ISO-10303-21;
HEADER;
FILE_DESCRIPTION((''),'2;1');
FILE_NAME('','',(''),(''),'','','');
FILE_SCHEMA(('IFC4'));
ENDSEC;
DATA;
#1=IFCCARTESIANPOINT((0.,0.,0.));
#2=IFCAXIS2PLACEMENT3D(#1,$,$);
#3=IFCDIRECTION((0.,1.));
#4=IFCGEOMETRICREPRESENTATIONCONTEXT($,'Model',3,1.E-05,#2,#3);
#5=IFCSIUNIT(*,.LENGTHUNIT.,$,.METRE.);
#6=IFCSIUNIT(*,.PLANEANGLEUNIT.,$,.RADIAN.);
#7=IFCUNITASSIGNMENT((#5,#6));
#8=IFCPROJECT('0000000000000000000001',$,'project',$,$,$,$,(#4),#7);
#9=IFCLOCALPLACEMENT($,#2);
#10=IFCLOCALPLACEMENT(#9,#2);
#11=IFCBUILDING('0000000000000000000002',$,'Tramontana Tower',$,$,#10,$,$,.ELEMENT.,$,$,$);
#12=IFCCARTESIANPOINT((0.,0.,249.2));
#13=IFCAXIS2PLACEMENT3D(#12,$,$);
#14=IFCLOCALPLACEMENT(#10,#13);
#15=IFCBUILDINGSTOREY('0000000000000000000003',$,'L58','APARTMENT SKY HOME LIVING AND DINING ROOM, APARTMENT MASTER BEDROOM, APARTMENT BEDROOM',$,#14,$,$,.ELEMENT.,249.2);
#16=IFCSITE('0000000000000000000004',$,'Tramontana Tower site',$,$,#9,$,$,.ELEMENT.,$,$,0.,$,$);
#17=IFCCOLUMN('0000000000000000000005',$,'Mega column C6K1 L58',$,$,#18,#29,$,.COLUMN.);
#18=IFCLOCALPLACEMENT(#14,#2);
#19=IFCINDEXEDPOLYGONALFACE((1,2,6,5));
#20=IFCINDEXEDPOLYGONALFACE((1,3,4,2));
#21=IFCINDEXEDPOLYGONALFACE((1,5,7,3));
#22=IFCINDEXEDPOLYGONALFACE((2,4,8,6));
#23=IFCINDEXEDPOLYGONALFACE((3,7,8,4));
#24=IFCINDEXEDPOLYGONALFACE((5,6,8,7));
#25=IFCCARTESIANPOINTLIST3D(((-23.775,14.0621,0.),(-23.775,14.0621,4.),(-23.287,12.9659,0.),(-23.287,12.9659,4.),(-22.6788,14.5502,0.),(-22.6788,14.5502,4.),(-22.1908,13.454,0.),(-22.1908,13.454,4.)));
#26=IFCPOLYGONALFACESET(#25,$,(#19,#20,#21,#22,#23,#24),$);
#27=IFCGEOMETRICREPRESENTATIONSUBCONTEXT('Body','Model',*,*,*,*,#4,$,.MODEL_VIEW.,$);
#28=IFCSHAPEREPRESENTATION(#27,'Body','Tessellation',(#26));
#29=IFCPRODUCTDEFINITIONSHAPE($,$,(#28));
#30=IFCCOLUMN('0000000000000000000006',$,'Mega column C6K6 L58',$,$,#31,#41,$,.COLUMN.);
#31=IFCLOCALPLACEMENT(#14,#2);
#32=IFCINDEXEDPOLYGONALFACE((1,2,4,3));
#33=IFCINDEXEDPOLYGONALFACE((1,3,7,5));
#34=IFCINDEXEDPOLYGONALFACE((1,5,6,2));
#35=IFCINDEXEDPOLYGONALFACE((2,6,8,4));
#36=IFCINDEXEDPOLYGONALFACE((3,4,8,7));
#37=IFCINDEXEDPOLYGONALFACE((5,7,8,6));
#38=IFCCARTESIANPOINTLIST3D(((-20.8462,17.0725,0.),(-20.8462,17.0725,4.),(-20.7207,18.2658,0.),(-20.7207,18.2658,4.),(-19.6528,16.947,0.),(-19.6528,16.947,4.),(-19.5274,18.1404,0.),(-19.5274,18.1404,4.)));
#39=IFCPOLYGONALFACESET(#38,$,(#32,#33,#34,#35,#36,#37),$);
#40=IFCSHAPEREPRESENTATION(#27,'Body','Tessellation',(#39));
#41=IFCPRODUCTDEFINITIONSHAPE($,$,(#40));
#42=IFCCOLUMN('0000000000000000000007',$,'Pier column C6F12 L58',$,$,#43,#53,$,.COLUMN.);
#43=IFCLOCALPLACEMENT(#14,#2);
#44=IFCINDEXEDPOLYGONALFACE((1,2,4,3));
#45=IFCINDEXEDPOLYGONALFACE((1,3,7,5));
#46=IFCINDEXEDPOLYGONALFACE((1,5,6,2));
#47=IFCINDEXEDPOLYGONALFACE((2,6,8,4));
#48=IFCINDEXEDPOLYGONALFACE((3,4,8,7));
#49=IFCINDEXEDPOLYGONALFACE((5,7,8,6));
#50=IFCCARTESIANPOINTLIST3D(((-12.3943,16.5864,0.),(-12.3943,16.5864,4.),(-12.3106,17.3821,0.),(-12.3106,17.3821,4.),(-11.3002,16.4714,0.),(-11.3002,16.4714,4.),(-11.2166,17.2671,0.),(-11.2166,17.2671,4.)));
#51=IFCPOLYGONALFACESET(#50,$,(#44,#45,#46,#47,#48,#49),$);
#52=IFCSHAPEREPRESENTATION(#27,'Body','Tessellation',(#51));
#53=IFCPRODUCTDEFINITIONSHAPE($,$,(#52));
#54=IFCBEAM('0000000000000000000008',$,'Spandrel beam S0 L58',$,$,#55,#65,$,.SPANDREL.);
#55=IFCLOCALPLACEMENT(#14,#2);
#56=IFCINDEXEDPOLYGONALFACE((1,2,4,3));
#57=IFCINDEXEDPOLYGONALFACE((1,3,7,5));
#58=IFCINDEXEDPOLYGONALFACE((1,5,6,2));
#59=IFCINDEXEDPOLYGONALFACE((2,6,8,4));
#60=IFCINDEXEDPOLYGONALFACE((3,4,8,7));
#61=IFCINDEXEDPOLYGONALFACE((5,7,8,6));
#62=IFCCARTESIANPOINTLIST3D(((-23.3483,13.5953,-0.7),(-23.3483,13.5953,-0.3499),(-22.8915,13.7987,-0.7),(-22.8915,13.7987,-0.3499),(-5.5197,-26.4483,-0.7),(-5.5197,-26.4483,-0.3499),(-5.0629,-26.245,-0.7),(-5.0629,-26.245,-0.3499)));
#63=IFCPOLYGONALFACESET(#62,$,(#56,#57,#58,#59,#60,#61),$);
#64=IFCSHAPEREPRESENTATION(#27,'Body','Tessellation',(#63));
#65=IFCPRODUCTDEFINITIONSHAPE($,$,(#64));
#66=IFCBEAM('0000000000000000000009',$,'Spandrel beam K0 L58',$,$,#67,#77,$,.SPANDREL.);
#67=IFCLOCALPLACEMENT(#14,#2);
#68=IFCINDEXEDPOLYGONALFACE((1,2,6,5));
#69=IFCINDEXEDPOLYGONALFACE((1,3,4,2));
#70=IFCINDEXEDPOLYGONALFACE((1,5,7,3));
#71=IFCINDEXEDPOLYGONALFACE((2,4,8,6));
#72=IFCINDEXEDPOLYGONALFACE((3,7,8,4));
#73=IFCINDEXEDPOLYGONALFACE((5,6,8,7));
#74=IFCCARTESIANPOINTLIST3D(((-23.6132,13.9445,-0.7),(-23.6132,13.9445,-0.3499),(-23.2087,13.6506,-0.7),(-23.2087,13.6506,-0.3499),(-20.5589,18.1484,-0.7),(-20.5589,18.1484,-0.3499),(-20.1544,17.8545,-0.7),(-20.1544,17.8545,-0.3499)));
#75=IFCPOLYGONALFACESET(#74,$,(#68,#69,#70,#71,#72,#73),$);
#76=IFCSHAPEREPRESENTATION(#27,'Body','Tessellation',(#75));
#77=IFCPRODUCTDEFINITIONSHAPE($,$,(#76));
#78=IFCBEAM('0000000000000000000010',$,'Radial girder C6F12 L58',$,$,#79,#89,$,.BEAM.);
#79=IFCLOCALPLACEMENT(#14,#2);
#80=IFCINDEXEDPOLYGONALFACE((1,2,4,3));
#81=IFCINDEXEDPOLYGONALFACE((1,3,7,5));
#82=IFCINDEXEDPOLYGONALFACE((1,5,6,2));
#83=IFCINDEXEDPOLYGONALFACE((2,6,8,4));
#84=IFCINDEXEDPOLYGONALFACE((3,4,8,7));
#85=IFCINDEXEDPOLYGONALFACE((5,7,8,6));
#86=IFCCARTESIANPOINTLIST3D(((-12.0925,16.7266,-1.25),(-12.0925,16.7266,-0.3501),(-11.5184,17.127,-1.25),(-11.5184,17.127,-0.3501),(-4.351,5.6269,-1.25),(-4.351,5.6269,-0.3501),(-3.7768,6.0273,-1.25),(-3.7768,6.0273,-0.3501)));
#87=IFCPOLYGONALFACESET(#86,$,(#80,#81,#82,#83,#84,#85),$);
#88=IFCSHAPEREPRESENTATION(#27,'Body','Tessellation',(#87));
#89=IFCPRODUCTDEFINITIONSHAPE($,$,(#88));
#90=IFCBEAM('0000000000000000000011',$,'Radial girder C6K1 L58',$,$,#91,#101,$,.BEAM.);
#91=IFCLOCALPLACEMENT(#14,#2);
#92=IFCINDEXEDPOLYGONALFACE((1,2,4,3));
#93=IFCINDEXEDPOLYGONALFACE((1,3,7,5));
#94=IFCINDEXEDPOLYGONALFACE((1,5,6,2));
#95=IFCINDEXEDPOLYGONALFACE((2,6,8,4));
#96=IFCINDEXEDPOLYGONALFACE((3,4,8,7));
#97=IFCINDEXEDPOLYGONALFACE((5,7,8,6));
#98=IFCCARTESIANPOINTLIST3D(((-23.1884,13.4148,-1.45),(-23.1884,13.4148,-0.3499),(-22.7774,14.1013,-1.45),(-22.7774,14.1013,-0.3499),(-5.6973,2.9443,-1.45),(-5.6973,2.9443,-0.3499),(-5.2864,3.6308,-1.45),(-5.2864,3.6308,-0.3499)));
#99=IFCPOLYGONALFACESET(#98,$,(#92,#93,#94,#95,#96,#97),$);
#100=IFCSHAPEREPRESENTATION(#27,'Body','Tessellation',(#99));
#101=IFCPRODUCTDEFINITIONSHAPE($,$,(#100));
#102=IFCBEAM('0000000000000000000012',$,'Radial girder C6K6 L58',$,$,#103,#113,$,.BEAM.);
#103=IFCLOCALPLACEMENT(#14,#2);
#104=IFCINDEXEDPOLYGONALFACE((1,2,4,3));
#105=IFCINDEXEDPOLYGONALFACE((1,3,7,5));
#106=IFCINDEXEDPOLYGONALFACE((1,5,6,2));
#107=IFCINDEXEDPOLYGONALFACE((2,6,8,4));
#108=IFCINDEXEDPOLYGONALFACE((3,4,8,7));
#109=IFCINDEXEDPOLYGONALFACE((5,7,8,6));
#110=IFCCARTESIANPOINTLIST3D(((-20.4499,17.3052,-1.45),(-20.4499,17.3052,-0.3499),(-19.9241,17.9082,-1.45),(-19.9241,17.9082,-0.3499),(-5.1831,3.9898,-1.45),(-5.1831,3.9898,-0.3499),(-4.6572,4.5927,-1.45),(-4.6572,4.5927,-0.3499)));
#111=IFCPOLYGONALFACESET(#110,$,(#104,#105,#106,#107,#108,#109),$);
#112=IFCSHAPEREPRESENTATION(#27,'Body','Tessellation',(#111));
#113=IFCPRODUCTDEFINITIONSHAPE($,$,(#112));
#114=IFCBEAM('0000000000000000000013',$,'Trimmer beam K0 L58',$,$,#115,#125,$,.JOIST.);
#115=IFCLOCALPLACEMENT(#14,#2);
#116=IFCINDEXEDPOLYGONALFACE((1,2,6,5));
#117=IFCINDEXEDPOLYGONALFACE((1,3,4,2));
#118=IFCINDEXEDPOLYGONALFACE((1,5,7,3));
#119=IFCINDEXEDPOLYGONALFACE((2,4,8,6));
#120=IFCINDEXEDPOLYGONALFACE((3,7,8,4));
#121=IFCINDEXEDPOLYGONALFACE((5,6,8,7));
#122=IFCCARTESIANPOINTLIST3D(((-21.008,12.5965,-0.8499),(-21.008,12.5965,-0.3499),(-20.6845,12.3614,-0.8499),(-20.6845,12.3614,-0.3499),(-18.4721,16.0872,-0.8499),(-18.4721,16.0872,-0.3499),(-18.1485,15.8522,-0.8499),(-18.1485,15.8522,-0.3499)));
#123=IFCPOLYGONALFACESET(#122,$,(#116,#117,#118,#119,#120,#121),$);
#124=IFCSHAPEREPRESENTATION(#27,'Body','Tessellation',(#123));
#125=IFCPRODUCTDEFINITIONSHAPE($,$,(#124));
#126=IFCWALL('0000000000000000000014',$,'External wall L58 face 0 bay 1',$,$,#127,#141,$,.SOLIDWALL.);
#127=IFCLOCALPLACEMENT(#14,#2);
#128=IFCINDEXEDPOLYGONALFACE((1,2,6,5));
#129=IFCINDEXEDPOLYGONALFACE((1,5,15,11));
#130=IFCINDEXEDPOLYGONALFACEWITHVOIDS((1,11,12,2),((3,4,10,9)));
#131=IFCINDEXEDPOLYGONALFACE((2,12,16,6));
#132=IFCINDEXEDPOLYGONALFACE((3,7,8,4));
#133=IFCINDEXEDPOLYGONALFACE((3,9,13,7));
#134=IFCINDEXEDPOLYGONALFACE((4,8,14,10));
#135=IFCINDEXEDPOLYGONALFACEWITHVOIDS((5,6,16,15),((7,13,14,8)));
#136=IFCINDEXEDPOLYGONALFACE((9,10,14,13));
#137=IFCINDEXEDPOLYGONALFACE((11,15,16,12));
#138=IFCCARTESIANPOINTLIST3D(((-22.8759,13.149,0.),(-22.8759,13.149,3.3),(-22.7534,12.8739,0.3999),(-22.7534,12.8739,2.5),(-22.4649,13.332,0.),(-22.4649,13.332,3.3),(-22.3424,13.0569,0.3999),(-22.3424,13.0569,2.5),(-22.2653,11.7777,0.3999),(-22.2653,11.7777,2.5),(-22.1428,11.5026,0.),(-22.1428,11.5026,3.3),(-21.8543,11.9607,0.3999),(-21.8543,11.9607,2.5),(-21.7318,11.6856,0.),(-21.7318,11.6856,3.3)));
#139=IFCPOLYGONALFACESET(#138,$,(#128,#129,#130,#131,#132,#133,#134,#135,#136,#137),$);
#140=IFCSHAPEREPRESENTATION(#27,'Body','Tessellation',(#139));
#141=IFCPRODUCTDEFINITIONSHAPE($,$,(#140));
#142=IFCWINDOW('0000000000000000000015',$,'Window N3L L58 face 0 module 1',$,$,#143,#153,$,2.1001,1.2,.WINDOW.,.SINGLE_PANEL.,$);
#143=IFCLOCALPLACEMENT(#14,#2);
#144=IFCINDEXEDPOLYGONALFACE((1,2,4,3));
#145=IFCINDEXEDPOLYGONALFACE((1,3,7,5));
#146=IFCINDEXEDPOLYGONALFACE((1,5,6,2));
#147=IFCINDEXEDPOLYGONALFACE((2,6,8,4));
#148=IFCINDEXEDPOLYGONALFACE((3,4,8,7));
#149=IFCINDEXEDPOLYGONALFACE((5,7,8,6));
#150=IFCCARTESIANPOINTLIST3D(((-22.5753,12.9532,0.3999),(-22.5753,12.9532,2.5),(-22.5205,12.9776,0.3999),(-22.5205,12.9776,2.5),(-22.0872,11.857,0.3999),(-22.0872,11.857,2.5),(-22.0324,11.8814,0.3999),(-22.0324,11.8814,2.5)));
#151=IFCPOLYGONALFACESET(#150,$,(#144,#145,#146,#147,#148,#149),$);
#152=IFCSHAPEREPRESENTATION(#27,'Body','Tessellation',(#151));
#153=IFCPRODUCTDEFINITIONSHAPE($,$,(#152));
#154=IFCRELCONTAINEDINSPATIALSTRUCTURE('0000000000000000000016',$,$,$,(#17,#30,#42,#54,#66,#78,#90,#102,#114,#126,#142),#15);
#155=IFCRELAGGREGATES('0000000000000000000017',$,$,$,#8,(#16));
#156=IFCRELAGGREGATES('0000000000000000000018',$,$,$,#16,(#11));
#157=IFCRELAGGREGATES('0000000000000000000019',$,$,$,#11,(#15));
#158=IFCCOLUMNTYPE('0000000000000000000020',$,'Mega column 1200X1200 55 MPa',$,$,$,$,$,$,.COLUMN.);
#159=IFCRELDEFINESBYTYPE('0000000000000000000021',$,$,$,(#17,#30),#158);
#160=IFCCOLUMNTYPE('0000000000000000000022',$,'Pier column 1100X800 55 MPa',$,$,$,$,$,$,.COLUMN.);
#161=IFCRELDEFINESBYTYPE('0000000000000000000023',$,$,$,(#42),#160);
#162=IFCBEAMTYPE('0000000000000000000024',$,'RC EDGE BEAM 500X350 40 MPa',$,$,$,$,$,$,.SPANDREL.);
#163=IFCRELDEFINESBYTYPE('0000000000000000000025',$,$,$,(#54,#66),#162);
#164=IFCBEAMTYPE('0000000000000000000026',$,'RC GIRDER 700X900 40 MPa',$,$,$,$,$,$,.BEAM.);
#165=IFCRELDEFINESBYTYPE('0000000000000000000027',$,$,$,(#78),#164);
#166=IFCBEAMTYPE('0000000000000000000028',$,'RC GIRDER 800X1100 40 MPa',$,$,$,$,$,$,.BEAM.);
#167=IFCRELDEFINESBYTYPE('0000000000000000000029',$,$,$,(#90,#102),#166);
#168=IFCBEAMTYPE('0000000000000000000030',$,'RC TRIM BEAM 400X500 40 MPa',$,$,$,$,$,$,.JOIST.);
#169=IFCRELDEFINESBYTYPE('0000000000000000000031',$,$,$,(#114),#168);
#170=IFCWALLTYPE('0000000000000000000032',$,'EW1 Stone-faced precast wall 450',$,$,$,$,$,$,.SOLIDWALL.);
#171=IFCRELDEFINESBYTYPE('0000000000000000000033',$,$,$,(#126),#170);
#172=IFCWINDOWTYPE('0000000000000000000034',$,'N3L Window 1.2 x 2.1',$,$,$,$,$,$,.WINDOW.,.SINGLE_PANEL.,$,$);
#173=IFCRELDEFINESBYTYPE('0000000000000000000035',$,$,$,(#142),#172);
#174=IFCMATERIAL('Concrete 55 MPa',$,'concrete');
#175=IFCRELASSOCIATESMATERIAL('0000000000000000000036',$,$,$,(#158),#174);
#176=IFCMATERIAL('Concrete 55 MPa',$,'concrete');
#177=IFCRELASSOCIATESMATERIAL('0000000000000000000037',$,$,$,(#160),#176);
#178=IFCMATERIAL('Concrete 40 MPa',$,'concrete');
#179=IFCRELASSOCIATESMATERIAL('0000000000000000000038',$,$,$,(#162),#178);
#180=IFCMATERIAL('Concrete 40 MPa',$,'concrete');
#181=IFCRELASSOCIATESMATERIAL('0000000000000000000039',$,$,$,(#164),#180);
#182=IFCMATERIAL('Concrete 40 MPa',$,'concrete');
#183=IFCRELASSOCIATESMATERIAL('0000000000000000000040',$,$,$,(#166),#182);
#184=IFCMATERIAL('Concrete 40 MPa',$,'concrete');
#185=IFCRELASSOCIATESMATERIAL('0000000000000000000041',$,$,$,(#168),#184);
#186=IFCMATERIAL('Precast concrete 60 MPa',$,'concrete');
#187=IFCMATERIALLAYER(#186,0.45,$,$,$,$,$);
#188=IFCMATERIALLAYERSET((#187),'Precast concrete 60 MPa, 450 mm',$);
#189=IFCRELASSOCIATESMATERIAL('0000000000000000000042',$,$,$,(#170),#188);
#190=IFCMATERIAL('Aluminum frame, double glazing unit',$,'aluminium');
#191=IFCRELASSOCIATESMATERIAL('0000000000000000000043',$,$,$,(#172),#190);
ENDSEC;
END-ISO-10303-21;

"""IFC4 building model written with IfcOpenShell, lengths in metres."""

from ifc_helpers import new_model, si_unit, direction, frame, frame_2d, origin, origin_2d, place, context, subcontext, project, spatial, rectangle, extrude, material, layer, layer_set, material_profile, profile_set, type_object, element, fill, save


model = new_model("IFC4")

# Units and contexts
model_context = context("Model", 3, precision=1e-05, world=origin(), true_north=direction((0.0, 1.0)))
body_context = subcontext(model_context, "Body", "Model", "MODEL_VIEW")
ifc_project = project(units=[si_unit("LENGTHUNIT", "METRE"), si_unit("PLANEANGLEUNIT", "RADIAN")], contexts=[model_context])

# Site, building, storey
site_placement = place(None, origin())
site = spatial("IfcSite", under=ifc_project, at=site_placement, Name="Tramontana Tower site", CompositionType="ELEMENT", RefElevation=0.0)
building_placement = place(site_placement, origin())
building = spatial("IfcBuilding", under=site, at=building_placement, Name="Tramontana Tower", CompositionType="ELEMENT")
storey_placement = place(building_placement, frame((0.0, 0.0, 249.2)))
storey = spatial("IfcBuildingStorey", under=building, at=storey_placement, Name="L58", Description="APARTMENT SKY HOME LIVING AND DINING ROOM, APARTMENT MASTER BEDROOM, APARTMENT BEDROOM", CompositionType="ELEMENT", Elevation=249.2)

# Columns
ifc_material_1 = material(Name="Concrete 55 MPa", Category="concrete")
ifc_material_profile_1 = material_profile(ifc_material_1, rectangle(XDim=1.2, YDim=1.2, at=origin_2d()), Name="Mega column 1200X1200 55 MPa")
ifc_profile_set_1 = profile_set([ifc_material_profile_1], Name="Concrete 55 MPa")
column_type_1 = type_object("IfcColumnType", Name="Mega column 1200X1200 55 MPa", PredefinedType="COLUMN", material=ifc_profile_set_1)
for number, where, z_axis, x_axis, name in (
    (1, (-22.9829, 13.7581, 0.0), (0.0, 0.0, 1.0), (0.406737, -0.913545, 0.0), "Mega column C6K1 L58"),
    (2, (-20.1868, 17.6064, 0.0), (0.0, 0.0, 1.0), (-0.994522, 0.104528, 0.0), "Mega column C6K6 L58"),
):
    element("IfcColumn", number, at=place(storey_placement, frame(where, z_axis=z_axis, x_axis=x_axis)), inside=storey, type_object=column_type_1, Name=name, PredefinedType="COLUMN", context=body_context, shape_type="SweptSolid", body=[
        extrude(rectangle(XDim=1.2, YDim=1.2, at=origin_2d()), origin(), (0.0, 0.0, 1.0), 4.0),
    ])
ifc_material_2 = material(Name="Concrete 55 MPa", Category="concrete")
ifc_material_profile_2 = material_profile(ifc_material_2, rectangle(XDim=1.1001, YDim=0.8, at=origin_2d()), Name="Pier column 1100X800 55 MPa")
ifc_profile_set_2 = profile_set([ifc_material_profile_2], Name="Concrete 55 MPa")
column_type_2 = type_object("IfcColumnType", Name="Pier column 1100X800 55 MPa", PredefinedType="COLUMN", material=ifc_profile_set_2)
column_placement = place(storey_placement, frame((-11.8054, 16.9268, 0.0), z_axis=(0.0, 0.0, 1.0), x_axis=(-0.994522, 0.104528, 0.0)))
element("IfcColumn", 3, at=column_placement, inside=storey, type_object=column_type_2, Name="Pier column C6F12 L58", PredefinedType="COLUMN", context=body_context, shape_type="SweptSolid", body=[
    extrude(rectangle(XDim=1.1001, YDim=0.8, at=origin_2d()), origin(), (0.0, 0.0, 1.0), 4.0),
])

# Beams
ifc_material_3 = material(Name="Concrete 40 MPa", Category="concrete")
ifc_material_profile_3 = material_profile(ifc_material_3, rectangle(XDim=0.5, YDim=0.3501, at=origin_2d()), Name="RC EDGE BEAM 500X350 40 MPa")
ifc_profile_set_3 = profile_set([ifc_material_profile_3], Name="Concrete 40 MPa")
beam_type_1 = type_object("IfcBeamType", Name="RC EDGE BEAM 500X350 40 MPa", PredefinedType="SPANDREL", material=ifc_profile_set_3)
beam_1_placement = place(storey_placement, frame((-23.1199, 13.697, -0.5249), z_axis=(0.406737, -0.913545, 0.0), x_axis=(0.913545, 0.406737, 0.0)))
element("IfcBeam", 4, at=beam_1_placement, inside=storey, type_object=beam_type_1, Name="Spandrel beam S0 L58", PredefinedType="SPANDREL", context=body_context, shape_type="SweptSolid", body=[
    extrude(rectangle(XDim=0.5, YDim=0.3501, at=origin_2d()), origin(), (0.0, 0.0, 1.0), 43.8333),
])
beam_2_placement = place(storey_placement, frame((-20.3567, 18.0015, -0.5249), z_axis=(-0.587775, -0.809024, 0.0), x_axis=(0.809024, -0.587775, 0.0)))
element("IfcBeam", 5, at=beam_2_placement, inside=storey, type_object=beam_type_1, Name="Spandrel beam K0 L58", PredefinedType="SPANDREL", context=body_context, shape_type="SweptSolid", body=[
    extrude(rectangle(XDim=0.5, YDim=0.3501, at=origin_2d()), origin(), (0.0, 0.0, 1.0), 5.1963),
])
ifc_material_4 = material(Name="Concrete 40 MPa", Category="concrete")
ifc_material_profile_4 = material_profile(ifc_material_4, rectangle(XDim=0.7, YDim=0.8999, at=origin_2d()), Name="RC GIRDER 700X900 40 MPa")
ifc_profile_set_4 = profile_set([ifc_material_profile_4], Name="Concrete 40 MPa")
beam_type_2 = type_object("IfcBeamType", Name="RC GIRDER 700X900 40 MPa", PredefinedType="BEAM", material=ifc_profile_set_4)
beam_3_placement = place(storey_placement, frame((-11.8054, 16.9268, -0.8), z_axis=(0.572059, -0.820212, 0.0), x_axis=(0.820212, 0.572059, 0.0)))
element("IfcBeam", 6, at=beam_3_placement, inside=storey, type_object=beam_type_2, Name="Radial girder C6F12 L58", PredefinedType="BEAM", context=body_context, shape_type="SweptSolid", body=[
    extrude(rectangle(XDim=0.7, YDim=0.8999, at=origin_2d()), origin(), (0.0, 0.0, 1.0), 13.5327),
])
ifc_material_5 = material(Name="Concrete 40 MPa", Category="concrete")
ifc_material_profile_5 = material_profile(ifc_material_5, rectangle(XDim=0.8, YDim=1.1001, at=origin_2d()), Name="RC GIRDER 800X1100 40 MPa")
ifc_profile_set_5 = profile_set([ifc_material_profile_5], Name="Concrete 40 MPa")
beam_type_3 = type_object("IfcBeamType", Name="RC GIRDER 800X1100 40 MPa", PredefinedType="BEAM", material=ifc_profile_set_5)
beam_4_placement = place(storey_placement, frame((-22.9829, 13.7581, -0.8999), z_axis=(0.858015, -0.513625, 0.0), x_axis=(0.513625, 0.858015, 0.0)))
element("IfcBeam", 7, at=beam_4_placement, inside=storey, type_object=beam_type_3, Name="Radial girder C6K1 L58", PredefinedType="BEAM", context=body_context, shape_type="SweptSolid", body=[
    extrude(rectangle(XDim=0.8, YDim=1.1001, at=origin_2d()), origin(), (0.0, 0.0, 1.0), 20.3855),
])
beam_5_placement = place(storey_placement, frame((-20.187, 17.6067, -0.8999), z_axis=(0.753629, -0.6573, 0.0), x_axis=(0.6573, 0.753629, 0.0)))
element("IfcBeam", 8, at=beam_5_placement, inside=storey, type_object=beam_type_3, Name="Radial girder C6K6 L58", PredefinedType="BEAM", context=body_context, shape_type="SweptSolid", body=[
    extrude(rectangle(XDim=0.8, YDim=1.1001, at=origin_2d()), origin(), (0.0, 0.0, 1.0), 20.2578),
])
ifc_material_6 = material(Name="Concrete 40 MPa", Category="concrete")
ifc_material_profile_6 = material_profile(ifc_material_6, rectangle(XDim=0.3999, YDim=0.5, at=origin_2d()), Name="RC TRIM BEAM 400X500 40 MPa")
ifc_profile_set_6 = profile_set([ifc_material_profile_6], Name="Concrete 40 MPa")
beam_type_4 = type_object("IfcBeamType", Name="RC TRIM BEAM 400X500 40 MPa", PredefinedType="JOIST", material=ifc_profile_set_6)
beam_6_placement = place(storey_placement, frame((-18.3103, 15.9697, -0.5999), z_axis=(-0.587744, -0.809047, 0.0), x_axis=(0.809047, -0.587744, 0.0)))
element("IfcBeam", 9, at=beam_6_placement, inside=storey, type_object=beam_type_4, Name="Trimmer beam K0 L58", PredefinedType="JOIST", context=body_context, shape_type="SweptSolid", body=[
    extrude(rectangle(XDim=0.3999, YDim=0.5, at=origin_2d()), origin(), (0.0, 0.0, 1.0), 4.3147),
])

# Wall, opening, window
ifc_material_7 = material(Name="Precast concrete 60 MPa", Category="concrete")
ifc_layer_1 = layer(ifc_material_7, 0.45)
ifc_layer_set_1 = layer_set([ifc_layer_1], Name="Precast concrete 60 MPa, 450 mm")
wall_type_1 = type_object("IfcWallType", Name="EW1 Stone-faced precast wall 450", PredefinedType="SOLIDWALL", material=ifc_layer_set_1)
wall_1_placement = place(storey_placement, frame((-22.6704, 13.2405, 0.0), z_axis=(0.0, 0.0, 1.0), x_axis=(0.406779, -0.913526, 0.0)))
wall_1 = element("IfcWall", 10, at=wall_1_placement, inside=storey, type_object=wall_type_1, Name="External wall L58 face 0 bay 1", PredefinedType="SOLIDWALL", context=body_context, shape_type="SweptSolid", body=[
    extrude(rectangle(XDim=1.8022, YDim=0.45, at=frame_2d((0.9011, 0.0))), origin(), (0.0, 0.0, 1.0), 3.3),
])
opening_1_placement = place(wall_1_placement, frame((0.301, 0.0, 0.3999)))
opening_1 = element("IfcOpeningElement", 11, at=opening_1_placement, cuts=wall_1, PredefinedType="OPENING", context=body_context, shape_type="SweptSolid", body=[
    extrude(rectangle(XDim=1.2, YDim=2.1001, at=frame_2d((0.6001, 1.05))), frame((0.0, 0.2349, 0.0), z_axis=(0.0, -1.0, 0.0), x_axis=(1.0, 0.0, 0.0)), (0.0, 0.0, 1.0), 0.47),
])
ifc_material_8 = material(Name="Aluminum frame, double glazing unit", Category="aluminium")
window_type_1 = type_object("IfcWindowType", Name="N3L Window 1.2 x 2.1", PartitioningType="SINGLE_PANEL", PredefinedType="WINDOW", material=ifc_material_8)
window_1_placement = place(opening_1_placement, origin())
window_1 = element("IfcWindow", 12, at=window_1_placement, inside=storey, type_object=window_type_1, Name="Window N3L L58 face 0 module 1", OverallHeight=2.1001, OverallWidth=1.2, PartitioningType="SINGLE_PANEL", PredefinedType="WINDOW", context=body_context, shape_type="SweptSolid", body=[
    extrude(rectangle(XDim=1.2, YDim=2.1001, at=frame_2d((0.6001, 1.05))), frame((0.0, 0.03, 0.0), z_axis=(0.0, -1.0, 0.0), x_axis=(1.0, 0.0, 0.0)), (0.0, 0.0, 1.0), 0.0601),
])
fill(opening_1, window_1)

save(model, "model.ifc")
